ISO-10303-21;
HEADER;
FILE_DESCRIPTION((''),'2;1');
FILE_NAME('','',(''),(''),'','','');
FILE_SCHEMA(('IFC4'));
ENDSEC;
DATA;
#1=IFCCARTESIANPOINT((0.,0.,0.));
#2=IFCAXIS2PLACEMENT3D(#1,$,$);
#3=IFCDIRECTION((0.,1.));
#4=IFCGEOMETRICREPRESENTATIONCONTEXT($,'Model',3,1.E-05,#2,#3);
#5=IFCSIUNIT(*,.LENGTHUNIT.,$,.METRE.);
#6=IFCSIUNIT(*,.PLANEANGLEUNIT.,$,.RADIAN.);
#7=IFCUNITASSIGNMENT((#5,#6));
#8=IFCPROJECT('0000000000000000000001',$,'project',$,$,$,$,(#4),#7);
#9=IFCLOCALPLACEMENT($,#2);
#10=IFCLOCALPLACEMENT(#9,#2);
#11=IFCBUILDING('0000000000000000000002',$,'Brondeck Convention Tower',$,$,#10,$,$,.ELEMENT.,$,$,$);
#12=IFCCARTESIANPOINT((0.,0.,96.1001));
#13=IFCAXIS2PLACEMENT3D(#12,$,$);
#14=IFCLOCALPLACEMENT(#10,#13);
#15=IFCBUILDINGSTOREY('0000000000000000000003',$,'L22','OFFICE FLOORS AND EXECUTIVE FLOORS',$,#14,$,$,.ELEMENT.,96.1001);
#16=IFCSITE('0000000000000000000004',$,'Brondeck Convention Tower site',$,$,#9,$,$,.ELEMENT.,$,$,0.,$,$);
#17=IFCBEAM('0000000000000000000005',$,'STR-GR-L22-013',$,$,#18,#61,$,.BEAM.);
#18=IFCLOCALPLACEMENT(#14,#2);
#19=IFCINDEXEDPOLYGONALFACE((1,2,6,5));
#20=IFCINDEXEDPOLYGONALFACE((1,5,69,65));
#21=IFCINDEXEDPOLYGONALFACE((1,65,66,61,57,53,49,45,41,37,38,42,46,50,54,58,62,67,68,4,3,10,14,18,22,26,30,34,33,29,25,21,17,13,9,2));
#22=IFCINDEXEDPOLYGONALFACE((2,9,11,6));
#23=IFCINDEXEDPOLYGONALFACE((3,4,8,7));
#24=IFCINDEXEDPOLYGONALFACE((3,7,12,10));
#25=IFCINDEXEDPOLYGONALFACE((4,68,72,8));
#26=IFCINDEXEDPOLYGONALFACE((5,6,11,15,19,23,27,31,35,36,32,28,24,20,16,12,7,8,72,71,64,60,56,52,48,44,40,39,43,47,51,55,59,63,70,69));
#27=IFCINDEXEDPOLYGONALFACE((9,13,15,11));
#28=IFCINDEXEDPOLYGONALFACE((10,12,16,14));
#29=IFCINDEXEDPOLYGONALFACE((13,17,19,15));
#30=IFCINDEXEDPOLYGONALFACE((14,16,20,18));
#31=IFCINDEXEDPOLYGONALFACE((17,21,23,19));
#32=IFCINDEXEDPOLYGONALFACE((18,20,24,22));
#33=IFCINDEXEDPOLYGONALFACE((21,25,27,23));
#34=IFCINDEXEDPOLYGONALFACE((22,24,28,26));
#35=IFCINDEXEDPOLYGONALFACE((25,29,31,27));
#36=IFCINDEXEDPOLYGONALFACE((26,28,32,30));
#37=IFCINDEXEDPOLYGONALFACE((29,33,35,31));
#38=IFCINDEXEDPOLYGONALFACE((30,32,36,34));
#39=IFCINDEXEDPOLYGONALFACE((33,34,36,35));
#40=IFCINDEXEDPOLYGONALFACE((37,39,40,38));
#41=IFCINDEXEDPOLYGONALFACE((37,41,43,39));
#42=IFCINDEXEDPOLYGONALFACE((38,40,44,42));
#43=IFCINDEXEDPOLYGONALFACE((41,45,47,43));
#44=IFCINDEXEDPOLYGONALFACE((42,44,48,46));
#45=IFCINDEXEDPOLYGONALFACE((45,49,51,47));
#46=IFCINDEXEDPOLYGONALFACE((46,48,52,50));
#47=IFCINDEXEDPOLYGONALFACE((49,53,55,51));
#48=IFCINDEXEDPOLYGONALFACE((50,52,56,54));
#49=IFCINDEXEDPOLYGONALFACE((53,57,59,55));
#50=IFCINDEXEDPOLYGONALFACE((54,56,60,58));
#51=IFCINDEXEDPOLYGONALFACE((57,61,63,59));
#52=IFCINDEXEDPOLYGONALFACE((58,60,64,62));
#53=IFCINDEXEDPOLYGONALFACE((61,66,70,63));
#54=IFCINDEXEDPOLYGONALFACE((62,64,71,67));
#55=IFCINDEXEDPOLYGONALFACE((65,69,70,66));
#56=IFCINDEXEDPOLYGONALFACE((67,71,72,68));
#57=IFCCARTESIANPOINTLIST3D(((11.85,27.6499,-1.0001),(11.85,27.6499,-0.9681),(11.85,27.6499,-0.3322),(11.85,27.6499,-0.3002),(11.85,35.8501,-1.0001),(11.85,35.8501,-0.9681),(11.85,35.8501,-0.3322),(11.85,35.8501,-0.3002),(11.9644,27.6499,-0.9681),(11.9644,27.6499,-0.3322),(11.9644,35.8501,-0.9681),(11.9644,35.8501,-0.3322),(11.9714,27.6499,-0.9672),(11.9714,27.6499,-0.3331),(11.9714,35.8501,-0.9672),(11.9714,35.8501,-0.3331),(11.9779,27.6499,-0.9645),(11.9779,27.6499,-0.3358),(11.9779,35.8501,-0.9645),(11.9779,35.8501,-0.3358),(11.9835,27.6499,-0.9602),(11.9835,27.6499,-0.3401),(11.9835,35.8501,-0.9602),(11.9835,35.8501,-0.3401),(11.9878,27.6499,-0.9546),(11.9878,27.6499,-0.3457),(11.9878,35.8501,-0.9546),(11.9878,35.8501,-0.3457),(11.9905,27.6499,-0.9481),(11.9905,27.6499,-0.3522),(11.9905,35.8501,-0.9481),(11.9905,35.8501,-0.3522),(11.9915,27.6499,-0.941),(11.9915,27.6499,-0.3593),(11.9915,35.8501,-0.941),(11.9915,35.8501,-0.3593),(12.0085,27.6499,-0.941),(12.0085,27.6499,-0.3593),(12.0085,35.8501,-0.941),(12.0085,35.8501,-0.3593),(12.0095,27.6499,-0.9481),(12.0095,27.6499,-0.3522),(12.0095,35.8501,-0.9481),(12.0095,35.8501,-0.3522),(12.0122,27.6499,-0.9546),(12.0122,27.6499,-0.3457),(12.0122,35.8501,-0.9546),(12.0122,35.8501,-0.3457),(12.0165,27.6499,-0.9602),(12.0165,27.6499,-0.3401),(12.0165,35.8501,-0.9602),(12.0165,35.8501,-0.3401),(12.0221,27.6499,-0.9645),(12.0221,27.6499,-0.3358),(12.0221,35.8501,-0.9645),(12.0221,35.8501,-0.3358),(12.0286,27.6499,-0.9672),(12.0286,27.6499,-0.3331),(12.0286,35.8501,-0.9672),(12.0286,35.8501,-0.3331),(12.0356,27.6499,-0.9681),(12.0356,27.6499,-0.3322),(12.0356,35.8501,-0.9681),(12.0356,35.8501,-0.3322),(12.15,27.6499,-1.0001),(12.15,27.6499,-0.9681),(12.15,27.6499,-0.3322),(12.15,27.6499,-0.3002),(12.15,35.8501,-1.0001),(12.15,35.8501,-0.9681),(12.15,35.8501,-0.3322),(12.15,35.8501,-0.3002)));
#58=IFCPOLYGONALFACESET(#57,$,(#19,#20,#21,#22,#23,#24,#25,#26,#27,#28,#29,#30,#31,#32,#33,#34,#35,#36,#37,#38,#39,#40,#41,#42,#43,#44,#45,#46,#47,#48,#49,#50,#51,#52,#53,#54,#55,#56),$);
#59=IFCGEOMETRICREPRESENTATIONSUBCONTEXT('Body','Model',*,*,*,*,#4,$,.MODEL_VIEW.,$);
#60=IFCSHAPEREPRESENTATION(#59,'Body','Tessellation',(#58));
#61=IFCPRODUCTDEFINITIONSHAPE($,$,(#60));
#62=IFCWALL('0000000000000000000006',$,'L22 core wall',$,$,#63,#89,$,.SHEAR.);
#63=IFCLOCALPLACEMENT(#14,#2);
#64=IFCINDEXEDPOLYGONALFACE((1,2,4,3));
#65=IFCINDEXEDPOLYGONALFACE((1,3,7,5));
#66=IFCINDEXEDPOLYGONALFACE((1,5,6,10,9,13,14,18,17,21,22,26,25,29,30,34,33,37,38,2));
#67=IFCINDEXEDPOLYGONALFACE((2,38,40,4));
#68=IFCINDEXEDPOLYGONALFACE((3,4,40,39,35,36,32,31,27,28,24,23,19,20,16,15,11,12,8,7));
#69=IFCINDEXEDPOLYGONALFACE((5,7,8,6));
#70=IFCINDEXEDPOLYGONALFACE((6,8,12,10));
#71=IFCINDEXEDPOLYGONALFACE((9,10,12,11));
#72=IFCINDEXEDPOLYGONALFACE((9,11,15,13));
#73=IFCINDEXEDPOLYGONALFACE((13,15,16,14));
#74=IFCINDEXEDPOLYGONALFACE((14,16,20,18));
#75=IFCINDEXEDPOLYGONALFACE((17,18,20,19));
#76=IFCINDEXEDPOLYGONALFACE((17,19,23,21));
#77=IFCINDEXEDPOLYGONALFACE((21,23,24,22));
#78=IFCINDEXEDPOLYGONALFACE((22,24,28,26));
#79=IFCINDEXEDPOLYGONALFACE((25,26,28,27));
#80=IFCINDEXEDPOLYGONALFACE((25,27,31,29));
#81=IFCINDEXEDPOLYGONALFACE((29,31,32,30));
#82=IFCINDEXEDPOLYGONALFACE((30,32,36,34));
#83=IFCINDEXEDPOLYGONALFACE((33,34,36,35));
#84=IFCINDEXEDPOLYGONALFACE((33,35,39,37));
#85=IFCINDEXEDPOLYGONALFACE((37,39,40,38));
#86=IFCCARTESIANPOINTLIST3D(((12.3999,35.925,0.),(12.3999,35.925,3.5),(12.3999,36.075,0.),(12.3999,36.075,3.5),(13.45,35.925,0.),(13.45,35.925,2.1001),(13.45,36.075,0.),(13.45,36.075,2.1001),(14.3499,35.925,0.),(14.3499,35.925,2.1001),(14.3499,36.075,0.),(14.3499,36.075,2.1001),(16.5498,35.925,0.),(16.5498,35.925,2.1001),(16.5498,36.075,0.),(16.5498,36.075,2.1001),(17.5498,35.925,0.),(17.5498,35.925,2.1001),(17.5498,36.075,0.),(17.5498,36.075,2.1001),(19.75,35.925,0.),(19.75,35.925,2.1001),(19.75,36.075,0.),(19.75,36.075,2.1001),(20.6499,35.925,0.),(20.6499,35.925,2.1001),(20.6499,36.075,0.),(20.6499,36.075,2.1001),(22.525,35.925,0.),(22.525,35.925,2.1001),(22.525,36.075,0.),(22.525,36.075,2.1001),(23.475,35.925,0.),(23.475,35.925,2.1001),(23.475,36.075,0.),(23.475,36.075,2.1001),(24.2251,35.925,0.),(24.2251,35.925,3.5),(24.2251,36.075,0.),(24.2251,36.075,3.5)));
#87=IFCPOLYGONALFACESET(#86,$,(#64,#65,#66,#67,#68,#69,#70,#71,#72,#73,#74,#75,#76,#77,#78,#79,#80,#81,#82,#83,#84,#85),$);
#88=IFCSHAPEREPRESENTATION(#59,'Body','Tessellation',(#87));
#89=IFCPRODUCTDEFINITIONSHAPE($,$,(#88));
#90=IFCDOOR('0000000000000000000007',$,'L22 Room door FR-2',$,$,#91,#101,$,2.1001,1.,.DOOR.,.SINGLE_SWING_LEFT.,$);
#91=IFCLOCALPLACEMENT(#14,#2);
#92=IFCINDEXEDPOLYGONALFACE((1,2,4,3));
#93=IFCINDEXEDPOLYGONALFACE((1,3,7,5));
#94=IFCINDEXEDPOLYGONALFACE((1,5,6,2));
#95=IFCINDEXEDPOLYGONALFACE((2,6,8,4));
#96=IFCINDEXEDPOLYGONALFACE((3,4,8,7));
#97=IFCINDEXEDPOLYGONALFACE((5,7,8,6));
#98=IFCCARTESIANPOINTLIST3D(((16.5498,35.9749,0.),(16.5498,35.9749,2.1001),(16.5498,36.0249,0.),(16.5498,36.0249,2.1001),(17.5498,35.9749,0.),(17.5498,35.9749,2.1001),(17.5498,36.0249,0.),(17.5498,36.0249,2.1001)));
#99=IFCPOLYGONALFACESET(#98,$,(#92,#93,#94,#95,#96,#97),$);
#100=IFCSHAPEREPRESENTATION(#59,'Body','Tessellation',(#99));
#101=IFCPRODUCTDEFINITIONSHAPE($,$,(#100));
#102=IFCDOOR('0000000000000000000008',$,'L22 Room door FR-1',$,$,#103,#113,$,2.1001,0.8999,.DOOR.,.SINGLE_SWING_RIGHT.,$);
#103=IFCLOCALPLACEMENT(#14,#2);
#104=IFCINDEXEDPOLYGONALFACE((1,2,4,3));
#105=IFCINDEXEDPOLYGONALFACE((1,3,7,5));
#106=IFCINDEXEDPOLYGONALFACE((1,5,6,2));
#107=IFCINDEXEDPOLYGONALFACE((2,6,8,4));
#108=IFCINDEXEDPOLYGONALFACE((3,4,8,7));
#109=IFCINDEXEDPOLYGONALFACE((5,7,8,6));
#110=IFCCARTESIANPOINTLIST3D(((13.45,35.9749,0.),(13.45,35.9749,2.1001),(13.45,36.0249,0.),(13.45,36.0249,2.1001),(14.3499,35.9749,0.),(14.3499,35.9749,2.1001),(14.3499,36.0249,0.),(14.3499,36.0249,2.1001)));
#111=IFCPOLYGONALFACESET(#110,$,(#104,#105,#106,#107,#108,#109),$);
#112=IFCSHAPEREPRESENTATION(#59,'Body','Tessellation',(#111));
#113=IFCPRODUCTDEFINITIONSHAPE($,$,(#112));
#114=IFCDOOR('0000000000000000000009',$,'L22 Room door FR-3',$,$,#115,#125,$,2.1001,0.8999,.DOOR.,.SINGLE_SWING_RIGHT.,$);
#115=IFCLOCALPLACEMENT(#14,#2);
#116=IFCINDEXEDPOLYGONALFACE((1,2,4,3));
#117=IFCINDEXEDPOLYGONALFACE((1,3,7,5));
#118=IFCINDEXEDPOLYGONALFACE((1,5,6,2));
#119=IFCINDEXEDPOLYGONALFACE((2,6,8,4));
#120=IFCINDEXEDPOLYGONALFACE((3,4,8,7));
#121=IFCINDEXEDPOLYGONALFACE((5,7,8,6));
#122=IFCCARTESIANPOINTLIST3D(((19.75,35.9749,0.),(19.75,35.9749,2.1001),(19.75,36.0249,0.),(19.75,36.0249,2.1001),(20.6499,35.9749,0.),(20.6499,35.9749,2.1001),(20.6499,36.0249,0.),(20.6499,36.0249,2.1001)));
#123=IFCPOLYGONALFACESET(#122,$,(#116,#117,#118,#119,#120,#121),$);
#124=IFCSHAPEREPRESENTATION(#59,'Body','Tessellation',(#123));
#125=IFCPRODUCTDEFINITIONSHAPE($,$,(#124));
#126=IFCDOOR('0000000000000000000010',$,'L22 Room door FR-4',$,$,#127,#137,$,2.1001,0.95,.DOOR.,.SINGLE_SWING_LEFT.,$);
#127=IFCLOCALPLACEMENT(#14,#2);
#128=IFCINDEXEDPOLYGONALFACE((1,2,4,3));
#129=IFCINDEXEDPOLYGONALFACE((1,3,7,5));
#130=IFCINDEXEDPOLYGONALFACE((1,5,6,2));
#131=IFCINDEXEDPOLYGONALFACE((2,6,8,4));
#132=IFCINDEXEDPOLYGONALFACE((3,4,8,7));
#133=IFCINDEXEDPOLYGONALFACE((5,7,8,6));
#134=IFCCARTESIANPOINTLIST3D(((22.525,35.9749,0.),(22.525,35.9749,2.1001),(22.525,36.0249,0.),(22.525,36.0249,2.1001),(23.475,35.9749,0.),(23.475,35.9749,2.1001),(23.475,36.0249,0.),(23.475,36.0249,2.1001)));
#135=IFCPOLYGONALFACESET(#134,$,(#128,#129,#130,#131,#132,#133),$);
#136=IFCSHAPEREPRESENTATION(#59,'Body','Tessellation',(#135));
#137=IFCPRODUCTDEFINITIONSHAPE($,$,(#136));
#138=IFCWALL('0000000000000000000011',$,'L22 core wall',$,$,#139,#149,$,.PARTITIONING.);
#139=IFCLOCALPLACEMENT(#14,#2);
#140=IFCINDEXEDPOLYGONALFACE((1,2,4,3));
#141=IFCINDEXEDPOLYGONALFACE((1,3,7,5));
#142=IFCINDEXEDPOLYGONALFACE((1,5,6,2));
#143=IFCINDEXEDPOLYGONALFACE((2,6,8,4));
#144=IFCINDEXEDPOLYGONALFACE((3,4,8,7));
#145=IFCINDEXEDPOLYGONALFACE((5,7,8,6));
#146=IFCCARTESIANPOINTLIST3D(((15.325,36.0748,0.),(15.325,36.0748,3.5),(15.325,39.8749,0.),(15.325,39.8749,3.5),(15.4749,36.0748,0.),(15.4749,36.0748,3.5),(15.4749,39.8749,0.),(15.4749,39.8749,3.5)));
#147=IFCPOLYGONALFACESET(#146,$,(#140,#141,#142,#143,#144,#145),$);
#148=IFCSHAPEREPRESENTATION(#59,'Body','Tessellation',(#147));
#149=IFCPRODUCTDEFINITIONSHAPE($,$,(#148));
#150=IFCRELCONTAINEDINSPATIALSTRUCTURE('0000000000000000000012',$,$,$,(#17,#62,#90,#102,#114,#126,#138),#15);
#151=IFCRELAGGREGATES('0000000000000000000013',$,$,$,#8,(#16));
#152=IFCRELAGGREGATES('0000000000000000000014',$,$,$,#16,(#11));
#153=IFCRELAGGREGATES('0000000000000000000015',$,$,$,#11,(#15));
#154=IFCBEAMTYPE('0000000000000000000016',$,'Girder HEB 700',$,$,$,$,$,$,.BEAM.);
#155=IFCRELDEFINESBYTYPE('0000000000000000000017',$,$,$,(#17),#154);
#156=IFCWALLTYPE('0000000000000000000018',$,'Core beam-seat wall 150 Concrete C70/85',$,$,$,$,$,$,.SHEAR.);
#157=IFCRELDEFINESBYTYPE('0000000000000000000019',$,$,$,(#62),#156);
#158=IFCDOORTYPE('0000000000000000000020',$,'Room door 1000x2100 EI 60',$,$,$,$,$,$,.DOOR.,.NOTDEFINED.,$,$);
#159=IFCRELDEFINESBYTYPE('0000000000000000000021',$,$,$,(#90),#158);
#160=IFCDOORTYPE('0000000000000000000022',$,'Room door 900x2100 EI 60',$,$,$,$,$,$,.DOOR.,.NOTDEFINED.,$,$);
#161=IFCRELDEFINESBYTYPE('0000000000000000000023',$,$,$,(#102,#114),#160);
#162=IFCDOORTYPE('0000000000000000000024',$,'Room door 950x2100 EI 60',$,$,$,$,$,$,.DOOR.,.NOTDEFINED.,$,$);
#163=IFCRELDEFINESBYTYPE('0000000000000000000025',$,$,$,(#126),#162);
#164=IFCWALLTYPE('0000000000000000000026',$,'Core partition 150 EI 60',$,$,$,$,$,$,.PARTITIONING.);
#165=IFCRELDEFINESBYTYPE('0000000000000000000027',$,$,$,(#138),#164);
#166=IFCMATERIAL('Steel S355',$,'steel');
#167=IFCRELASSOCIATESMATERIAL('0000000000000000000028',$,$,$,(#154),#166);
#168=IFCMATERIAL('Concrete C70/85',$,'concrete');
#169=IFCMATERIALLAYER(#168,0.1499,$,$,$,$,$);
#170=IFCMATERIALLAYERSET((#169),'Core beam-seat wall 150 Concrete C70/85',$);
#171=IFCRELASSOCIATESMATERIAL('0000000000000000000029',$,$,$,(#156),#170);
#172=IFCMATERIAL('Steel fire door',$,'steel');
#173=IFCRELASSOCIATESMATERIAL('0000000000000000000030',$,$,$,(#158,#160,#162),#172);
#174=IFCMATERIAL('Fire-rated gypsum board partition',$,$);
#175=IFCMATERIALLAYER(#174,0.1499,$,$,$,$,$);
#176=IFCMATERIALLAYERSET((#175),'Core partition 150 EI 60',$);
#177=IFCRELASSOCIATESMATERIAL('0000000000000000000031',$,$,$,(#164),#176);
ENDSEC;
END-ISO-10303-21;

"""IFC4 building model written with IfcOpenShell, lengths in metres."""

from ifc_helpers import new_model, si_unit, direction, frame, frame_2d, origin, origin_2d, place, context, subcontext, project, spatial, rectangle, i_section, extrude, material, layer, layer_set, material_profile, profile_set, type_object, element, fill, save


model = new_model("IFC4")

# Units and contexts
model_context = context("Model", 3, precision=1e-05, world=origin(), true_north=direction((0.0, 1.0)))
body_context = subcontext(model_context, "Body", "Model", "MODEL_VIEW")
ifc_project = project(units=[si_unit("LENGTHUNIT", "METRE"), si_unit("PLANEANGLEUNIT", "RADIAN")], contexts=[model_context])

# Site, building, storey
site_placement = place(None, origin())
site = spatial("IfcSite", under=ifc_project, at=site_placement, Name="Brondeck Convention Tower site", CompositionType="ELEMENT", RefElevation=0.0)
building_placement = place(site_placement, origin())
building = spatial("IfcBuilding", under=site, at=building_placement, Name="Brondeck Convention Tower", CompositionType="ELEMENT")
storey_placement = place(building_placement, frame((0.0, 0.0, 96.1001)))
storey = spatial("IfcBuildingStorey", under=building, at=storey_placement, Name="L22", Description="OFFICE FLOORS AND EXECUTIVE FLOORS", CompositionType="ELEMENT", Elevation=96.1001)

# Beam
ifc_material_1 = material(Name="Steel S355", Category="steel")
ifc_material_profile = material_profile(ifc_material_1, i_section(OverallWidth=0.3, OverallDepth=0.7, WebThickness=0.0171, FlangeThickness=0.032, FilletRadius=0.0271, at=origin_2d()), Name="HEB 700")
ifc_profile_set = profile_set([ifc_material_profile], Name="Steel S355")
beam_type = type_object("IfcBeamType", Name="Girder HEB 700", PredefinedType="BEAM", material=ifc_profile_set)
beam_placement = place(storey_placement, frame((12.0, 35.8501, -0.6501), z_axis=(0.0, -1.0, 0.0), x_axis=(1.0, 0.0, 0.0)))
element("IfcBeam", 1, at=beam_placement, inside=storey, type_object=beam_type, Name="STR-GR-L22-013", PredefinedType="BEAM", context=body_context, shape_type="SweptSolid", body=[
    extrude(i_section(OverallWidth=0.3, OverallDepth=0.7, WebThickness=0.0171, FlangeThickness=0.032, FilletRadius=0.0271, at=origin_2d()), origin(), (0.0, 0.0, 1.0), 8.2002),
])

# Wall, openings, doors
ifc_material_2 = material(Name="Concrete C70/85", Category="concrete")
ifc_layer_1 = layer(ifc_material_2, 0.1499)
ifc_layer_set_1 = layer_set([ifc_layer_1], Name="Core beam-seat wall 150 Concrete C70/85")
wall_type_1 = type_object("IfcWallType", Name="Core beam-seat wall 150 Concrete C70/85", PredefinedType="SHEAR", material=ifc_layer_set_1)
wall_1_placement = place(storey_placement, frame((12.3999, 36.0, 0.0), z_axis=(0.0, 0.0, 1.0), x_axis=(1.0, 0.0, 0.0)))
wall_1 = element("IfcWall", 2, at=wall_1_placement, inside=storey, type_object=wall_type_1, Name="L22 core wall", PredefinedType="SHEAR", context=body_context, shape_type="SweptSolid", body=[
    extrude(rectangle(XDim=11.8252, YDim=0.1499, at=frame_2d((5.9126, 0.0))), origin(), (0.0, 0.0, 1.0), 3.5),
])
opening_1_placement = place(wall_1_placement, frame((1.05, 0.0, 0.0)))
opening_1 = element("IfcOpeningElement", 3, at=opening_1_placement, cuts=wall_1, PredefinedType="OPENING", context=body_context, shape_type="SweptSolid", body=[
    extrude(rectangle(XDim=0.8999, YDim=2.1001, at=frame_2d((0.45, 1.05))), frame((0.0, 0.085, 0.0), z_axis=(0.0, -1.0, 0.0), x_axis=(1.0, 0.0, 0.0)), (0.0, 0.0, 1.0), 0.1699),
])
opening_2_placement = place(wall_1_placement, frame((4.1499, 0.0, 0.0)))
opening_2 = element("IfcOpeningElement", 4, at=opening_2_placement, cuts=wall_1, PredefinedType="OPENING", context=body_context, shape_type="SweptSolid", body=[
    extrude(rectangle(XDim=1.0, YDim=2.1001, at=frame_2d((0.5, 1.05))), frame((0.0, 0.085, 0.0), z_axis=(0.0, -1.0, 0.0), x_axis=(1.0, 0.0, 0.0)), (0.0, 0.0, 1.0), 0.1699),
])
opening_3_placement = place(wall_1_placement, frame((7.3501, 0.0, 0.0)))
opening_3 = element("IfcOpeningElement", 5, at=opening_3_placement, cuts=wall_1, PredefinedType="OPENING", context=body_context, shape_type="SweptSolid", body=[
    extrude(rectangle(XDim=0.8999, YDim=2.1001, at=frame_2d((0.45, 1.05))), frame((0.0, 0.085, 0.0), z_axis=(0.0, -1.0, 0.0), x_axis=(1.0, 0.0, 0.0)), (0.0, 0.0, 1.0), 0.1699),
])
opening_4_placement = place(wall_1_placement, frame((10.125, 0.0, 0.0)))
opening_4 = element("IfcOpeningElement", 6, at=opening_4_placement, cuts=wall_1, PredefinedType="OPENING", context=body_context, shape_type="SweptSolid", body=[
    extrude(rectangle(XDim=0.95, YDim=2.1001, at=frame_2d((0.4751, 1.05))), frame((0.0, 0.085, 0.0), z_axis=(0.0, -1.0, 0.0), x_axis=(1.0, 0.0, 0.0)), (0.0, 0.0, 1.0), 0.1699),
])
ifc_material_3 = material(Name="Steel fire door", Category="steel")
door_type_1 = type_object("IfcDoorType", Name="Room door 1000x2100 EI 60", OperationType="NOTDEFINED", PredefinedType="DOOR", material=ifc_material_3)
door_1_placement = place(opening_2_placement, origin())
door_1 = element("IfcDoor", 7, at=door_1_placement, inside=storey, type_object=door_type_1, Name="L22 Room door FR-2", OperationType="SINGLE_SWING_LEFT", OverallHeight=2.1001, OverallWidth=1.0, PredefinedType="DOOR", context=body_context, shape_type="SweptSolid", body=[
    extrude(rectangle(XDim=1.0, YDim=2.1001, at=frame_2d((0.5, 1.05))), frame((0.0, 0.0249, 0.0), z_axis=(0.0, -1.0, 0.0), x_axis=(1.0, 0.0, 0.0)), (0.0, 0.0, 1.0), 0.05),
])
fill(opening_2, door_1)
door_type_2 = type_object("IfcDoorType", Name="Room door 900x2100 EI 60", OperationType="NOTDEFINED", PredefinedType="DOOR", material=ifc_material_3)
door_2_placement = place(opening_1_placement, origin())
door_2 = element("IfcDoor", 8, at=door_2_placement, inside=storey, type_object=door_type_2, Name="L22 Room door FR-1", OperationType="SINGLE_SWING_RIGHT", OverallHeight=2.1001, OverallWidth=0.8999, PredefinedType="DOOR", context=body_context, shape_type="SweptSolid", body=[
    extrude(rectangle(XDim=0.8999, YDim=2.1001, at=frame_2d((0.45, 1.05))), frame((0.0, 0.0249, 0.0), z_axis=(0.0, -1.0, 0.0), x_axis=(1.0, 0.0, 0.0)), (0.0, 0.0, 1.0), 0.05),
])
fill(opening_1, door_2)
door_3_placement = place(opening_3_placement, origin())
door_3 = element("IfcDoor", 9, at=door_3_placement, inside=storey, type_object=door_type_2, Name="L22 Room door FR-3", OperationType="SINGLE_SWING_RIGHT", OverallHeight=2.1001, OverallWidth=0.8999, PredefinedType="DOOR", context=body_context, shape_type="SweptSolid", body=[
    extrude(rectangle(XDim=0.8999, YDim=2.1001, at=frame_2d((0.45, 1.05))), frame((0.0, 0.0249, 0.0), z_axis=(0.0, -1.0, 0.0), x_axis=(1.0, 0.0, 0.0)), (0.0, 0.0, 1.0), 0.05),
])
fill(opening_3, door_3)
door_type_3 = type_object("IfcDoorType", Name="Room door 950x2100 EI 60", OperationType="NOTDEFINED", PredefinedType="DOOR", material=ifc_material_3)
door_4_placement = place(opening_4_placement, origin())
door_4 = element("IfcDoor", 10, at=door_4_placement, inside=storey, type_object=door_type_3, Name="L22 Room door FR-4", OperationType="SINGLE_SWING_LEFT", OverallHeight=2.1001, OverallWidth=0.95, PredefinedType="DOOR", context=body_context, shape_type="SweptSolid", body=[
    extrude(rectangle(XDim=0.95, YDim=2.1001, at=frame_2d((0.4751, 1.05))), frame((0.0, 0.0249, 0.0), z_axis=(0.0, -1.0, 0.0), x_axis=(1.0, 0.0, 0.0)), (0.0, 0.0, 1.0), 0.05),
])
fill(opening_4, door_4)

# Wall
ifc_material_4 = material(Name="Fire-rated gypsum board partition")
ifc_layer_2 = layer(ifc_material_4, 0.1499)
ifc_layer_set_2 = layer_set([ifc_layer_2], Name="Core partition 150 EI 60")
wall_type_2 = type_object("IfcWallType", Name="Core partition 150 EI 60", PredefinedType="PARTITIONING", material=ifc_layer_set_2)
wall_2_placement = place(storey_placement, frame((15.3999, 36.075, 0.0), z_axis=(0.0, 0.0, 1.0), x_axis=(0.0, 1.0, 0.0)))
element("IfcWall", 11, at=wall_2_placement, inside=storey, type_object=wall_type_2, Name="L22 core wall", PredefinedType="PARTITIONING", context=body_context, shape_type="SweptSolid", body=[
    extrude(rectangle(XDim=3.8, YDim=0.1499, at=frame_2d((1.8999, 0.0))), origin(), (0.0, 0.0, 1.0), 3.5),
])

save(model, "model.ifc")
